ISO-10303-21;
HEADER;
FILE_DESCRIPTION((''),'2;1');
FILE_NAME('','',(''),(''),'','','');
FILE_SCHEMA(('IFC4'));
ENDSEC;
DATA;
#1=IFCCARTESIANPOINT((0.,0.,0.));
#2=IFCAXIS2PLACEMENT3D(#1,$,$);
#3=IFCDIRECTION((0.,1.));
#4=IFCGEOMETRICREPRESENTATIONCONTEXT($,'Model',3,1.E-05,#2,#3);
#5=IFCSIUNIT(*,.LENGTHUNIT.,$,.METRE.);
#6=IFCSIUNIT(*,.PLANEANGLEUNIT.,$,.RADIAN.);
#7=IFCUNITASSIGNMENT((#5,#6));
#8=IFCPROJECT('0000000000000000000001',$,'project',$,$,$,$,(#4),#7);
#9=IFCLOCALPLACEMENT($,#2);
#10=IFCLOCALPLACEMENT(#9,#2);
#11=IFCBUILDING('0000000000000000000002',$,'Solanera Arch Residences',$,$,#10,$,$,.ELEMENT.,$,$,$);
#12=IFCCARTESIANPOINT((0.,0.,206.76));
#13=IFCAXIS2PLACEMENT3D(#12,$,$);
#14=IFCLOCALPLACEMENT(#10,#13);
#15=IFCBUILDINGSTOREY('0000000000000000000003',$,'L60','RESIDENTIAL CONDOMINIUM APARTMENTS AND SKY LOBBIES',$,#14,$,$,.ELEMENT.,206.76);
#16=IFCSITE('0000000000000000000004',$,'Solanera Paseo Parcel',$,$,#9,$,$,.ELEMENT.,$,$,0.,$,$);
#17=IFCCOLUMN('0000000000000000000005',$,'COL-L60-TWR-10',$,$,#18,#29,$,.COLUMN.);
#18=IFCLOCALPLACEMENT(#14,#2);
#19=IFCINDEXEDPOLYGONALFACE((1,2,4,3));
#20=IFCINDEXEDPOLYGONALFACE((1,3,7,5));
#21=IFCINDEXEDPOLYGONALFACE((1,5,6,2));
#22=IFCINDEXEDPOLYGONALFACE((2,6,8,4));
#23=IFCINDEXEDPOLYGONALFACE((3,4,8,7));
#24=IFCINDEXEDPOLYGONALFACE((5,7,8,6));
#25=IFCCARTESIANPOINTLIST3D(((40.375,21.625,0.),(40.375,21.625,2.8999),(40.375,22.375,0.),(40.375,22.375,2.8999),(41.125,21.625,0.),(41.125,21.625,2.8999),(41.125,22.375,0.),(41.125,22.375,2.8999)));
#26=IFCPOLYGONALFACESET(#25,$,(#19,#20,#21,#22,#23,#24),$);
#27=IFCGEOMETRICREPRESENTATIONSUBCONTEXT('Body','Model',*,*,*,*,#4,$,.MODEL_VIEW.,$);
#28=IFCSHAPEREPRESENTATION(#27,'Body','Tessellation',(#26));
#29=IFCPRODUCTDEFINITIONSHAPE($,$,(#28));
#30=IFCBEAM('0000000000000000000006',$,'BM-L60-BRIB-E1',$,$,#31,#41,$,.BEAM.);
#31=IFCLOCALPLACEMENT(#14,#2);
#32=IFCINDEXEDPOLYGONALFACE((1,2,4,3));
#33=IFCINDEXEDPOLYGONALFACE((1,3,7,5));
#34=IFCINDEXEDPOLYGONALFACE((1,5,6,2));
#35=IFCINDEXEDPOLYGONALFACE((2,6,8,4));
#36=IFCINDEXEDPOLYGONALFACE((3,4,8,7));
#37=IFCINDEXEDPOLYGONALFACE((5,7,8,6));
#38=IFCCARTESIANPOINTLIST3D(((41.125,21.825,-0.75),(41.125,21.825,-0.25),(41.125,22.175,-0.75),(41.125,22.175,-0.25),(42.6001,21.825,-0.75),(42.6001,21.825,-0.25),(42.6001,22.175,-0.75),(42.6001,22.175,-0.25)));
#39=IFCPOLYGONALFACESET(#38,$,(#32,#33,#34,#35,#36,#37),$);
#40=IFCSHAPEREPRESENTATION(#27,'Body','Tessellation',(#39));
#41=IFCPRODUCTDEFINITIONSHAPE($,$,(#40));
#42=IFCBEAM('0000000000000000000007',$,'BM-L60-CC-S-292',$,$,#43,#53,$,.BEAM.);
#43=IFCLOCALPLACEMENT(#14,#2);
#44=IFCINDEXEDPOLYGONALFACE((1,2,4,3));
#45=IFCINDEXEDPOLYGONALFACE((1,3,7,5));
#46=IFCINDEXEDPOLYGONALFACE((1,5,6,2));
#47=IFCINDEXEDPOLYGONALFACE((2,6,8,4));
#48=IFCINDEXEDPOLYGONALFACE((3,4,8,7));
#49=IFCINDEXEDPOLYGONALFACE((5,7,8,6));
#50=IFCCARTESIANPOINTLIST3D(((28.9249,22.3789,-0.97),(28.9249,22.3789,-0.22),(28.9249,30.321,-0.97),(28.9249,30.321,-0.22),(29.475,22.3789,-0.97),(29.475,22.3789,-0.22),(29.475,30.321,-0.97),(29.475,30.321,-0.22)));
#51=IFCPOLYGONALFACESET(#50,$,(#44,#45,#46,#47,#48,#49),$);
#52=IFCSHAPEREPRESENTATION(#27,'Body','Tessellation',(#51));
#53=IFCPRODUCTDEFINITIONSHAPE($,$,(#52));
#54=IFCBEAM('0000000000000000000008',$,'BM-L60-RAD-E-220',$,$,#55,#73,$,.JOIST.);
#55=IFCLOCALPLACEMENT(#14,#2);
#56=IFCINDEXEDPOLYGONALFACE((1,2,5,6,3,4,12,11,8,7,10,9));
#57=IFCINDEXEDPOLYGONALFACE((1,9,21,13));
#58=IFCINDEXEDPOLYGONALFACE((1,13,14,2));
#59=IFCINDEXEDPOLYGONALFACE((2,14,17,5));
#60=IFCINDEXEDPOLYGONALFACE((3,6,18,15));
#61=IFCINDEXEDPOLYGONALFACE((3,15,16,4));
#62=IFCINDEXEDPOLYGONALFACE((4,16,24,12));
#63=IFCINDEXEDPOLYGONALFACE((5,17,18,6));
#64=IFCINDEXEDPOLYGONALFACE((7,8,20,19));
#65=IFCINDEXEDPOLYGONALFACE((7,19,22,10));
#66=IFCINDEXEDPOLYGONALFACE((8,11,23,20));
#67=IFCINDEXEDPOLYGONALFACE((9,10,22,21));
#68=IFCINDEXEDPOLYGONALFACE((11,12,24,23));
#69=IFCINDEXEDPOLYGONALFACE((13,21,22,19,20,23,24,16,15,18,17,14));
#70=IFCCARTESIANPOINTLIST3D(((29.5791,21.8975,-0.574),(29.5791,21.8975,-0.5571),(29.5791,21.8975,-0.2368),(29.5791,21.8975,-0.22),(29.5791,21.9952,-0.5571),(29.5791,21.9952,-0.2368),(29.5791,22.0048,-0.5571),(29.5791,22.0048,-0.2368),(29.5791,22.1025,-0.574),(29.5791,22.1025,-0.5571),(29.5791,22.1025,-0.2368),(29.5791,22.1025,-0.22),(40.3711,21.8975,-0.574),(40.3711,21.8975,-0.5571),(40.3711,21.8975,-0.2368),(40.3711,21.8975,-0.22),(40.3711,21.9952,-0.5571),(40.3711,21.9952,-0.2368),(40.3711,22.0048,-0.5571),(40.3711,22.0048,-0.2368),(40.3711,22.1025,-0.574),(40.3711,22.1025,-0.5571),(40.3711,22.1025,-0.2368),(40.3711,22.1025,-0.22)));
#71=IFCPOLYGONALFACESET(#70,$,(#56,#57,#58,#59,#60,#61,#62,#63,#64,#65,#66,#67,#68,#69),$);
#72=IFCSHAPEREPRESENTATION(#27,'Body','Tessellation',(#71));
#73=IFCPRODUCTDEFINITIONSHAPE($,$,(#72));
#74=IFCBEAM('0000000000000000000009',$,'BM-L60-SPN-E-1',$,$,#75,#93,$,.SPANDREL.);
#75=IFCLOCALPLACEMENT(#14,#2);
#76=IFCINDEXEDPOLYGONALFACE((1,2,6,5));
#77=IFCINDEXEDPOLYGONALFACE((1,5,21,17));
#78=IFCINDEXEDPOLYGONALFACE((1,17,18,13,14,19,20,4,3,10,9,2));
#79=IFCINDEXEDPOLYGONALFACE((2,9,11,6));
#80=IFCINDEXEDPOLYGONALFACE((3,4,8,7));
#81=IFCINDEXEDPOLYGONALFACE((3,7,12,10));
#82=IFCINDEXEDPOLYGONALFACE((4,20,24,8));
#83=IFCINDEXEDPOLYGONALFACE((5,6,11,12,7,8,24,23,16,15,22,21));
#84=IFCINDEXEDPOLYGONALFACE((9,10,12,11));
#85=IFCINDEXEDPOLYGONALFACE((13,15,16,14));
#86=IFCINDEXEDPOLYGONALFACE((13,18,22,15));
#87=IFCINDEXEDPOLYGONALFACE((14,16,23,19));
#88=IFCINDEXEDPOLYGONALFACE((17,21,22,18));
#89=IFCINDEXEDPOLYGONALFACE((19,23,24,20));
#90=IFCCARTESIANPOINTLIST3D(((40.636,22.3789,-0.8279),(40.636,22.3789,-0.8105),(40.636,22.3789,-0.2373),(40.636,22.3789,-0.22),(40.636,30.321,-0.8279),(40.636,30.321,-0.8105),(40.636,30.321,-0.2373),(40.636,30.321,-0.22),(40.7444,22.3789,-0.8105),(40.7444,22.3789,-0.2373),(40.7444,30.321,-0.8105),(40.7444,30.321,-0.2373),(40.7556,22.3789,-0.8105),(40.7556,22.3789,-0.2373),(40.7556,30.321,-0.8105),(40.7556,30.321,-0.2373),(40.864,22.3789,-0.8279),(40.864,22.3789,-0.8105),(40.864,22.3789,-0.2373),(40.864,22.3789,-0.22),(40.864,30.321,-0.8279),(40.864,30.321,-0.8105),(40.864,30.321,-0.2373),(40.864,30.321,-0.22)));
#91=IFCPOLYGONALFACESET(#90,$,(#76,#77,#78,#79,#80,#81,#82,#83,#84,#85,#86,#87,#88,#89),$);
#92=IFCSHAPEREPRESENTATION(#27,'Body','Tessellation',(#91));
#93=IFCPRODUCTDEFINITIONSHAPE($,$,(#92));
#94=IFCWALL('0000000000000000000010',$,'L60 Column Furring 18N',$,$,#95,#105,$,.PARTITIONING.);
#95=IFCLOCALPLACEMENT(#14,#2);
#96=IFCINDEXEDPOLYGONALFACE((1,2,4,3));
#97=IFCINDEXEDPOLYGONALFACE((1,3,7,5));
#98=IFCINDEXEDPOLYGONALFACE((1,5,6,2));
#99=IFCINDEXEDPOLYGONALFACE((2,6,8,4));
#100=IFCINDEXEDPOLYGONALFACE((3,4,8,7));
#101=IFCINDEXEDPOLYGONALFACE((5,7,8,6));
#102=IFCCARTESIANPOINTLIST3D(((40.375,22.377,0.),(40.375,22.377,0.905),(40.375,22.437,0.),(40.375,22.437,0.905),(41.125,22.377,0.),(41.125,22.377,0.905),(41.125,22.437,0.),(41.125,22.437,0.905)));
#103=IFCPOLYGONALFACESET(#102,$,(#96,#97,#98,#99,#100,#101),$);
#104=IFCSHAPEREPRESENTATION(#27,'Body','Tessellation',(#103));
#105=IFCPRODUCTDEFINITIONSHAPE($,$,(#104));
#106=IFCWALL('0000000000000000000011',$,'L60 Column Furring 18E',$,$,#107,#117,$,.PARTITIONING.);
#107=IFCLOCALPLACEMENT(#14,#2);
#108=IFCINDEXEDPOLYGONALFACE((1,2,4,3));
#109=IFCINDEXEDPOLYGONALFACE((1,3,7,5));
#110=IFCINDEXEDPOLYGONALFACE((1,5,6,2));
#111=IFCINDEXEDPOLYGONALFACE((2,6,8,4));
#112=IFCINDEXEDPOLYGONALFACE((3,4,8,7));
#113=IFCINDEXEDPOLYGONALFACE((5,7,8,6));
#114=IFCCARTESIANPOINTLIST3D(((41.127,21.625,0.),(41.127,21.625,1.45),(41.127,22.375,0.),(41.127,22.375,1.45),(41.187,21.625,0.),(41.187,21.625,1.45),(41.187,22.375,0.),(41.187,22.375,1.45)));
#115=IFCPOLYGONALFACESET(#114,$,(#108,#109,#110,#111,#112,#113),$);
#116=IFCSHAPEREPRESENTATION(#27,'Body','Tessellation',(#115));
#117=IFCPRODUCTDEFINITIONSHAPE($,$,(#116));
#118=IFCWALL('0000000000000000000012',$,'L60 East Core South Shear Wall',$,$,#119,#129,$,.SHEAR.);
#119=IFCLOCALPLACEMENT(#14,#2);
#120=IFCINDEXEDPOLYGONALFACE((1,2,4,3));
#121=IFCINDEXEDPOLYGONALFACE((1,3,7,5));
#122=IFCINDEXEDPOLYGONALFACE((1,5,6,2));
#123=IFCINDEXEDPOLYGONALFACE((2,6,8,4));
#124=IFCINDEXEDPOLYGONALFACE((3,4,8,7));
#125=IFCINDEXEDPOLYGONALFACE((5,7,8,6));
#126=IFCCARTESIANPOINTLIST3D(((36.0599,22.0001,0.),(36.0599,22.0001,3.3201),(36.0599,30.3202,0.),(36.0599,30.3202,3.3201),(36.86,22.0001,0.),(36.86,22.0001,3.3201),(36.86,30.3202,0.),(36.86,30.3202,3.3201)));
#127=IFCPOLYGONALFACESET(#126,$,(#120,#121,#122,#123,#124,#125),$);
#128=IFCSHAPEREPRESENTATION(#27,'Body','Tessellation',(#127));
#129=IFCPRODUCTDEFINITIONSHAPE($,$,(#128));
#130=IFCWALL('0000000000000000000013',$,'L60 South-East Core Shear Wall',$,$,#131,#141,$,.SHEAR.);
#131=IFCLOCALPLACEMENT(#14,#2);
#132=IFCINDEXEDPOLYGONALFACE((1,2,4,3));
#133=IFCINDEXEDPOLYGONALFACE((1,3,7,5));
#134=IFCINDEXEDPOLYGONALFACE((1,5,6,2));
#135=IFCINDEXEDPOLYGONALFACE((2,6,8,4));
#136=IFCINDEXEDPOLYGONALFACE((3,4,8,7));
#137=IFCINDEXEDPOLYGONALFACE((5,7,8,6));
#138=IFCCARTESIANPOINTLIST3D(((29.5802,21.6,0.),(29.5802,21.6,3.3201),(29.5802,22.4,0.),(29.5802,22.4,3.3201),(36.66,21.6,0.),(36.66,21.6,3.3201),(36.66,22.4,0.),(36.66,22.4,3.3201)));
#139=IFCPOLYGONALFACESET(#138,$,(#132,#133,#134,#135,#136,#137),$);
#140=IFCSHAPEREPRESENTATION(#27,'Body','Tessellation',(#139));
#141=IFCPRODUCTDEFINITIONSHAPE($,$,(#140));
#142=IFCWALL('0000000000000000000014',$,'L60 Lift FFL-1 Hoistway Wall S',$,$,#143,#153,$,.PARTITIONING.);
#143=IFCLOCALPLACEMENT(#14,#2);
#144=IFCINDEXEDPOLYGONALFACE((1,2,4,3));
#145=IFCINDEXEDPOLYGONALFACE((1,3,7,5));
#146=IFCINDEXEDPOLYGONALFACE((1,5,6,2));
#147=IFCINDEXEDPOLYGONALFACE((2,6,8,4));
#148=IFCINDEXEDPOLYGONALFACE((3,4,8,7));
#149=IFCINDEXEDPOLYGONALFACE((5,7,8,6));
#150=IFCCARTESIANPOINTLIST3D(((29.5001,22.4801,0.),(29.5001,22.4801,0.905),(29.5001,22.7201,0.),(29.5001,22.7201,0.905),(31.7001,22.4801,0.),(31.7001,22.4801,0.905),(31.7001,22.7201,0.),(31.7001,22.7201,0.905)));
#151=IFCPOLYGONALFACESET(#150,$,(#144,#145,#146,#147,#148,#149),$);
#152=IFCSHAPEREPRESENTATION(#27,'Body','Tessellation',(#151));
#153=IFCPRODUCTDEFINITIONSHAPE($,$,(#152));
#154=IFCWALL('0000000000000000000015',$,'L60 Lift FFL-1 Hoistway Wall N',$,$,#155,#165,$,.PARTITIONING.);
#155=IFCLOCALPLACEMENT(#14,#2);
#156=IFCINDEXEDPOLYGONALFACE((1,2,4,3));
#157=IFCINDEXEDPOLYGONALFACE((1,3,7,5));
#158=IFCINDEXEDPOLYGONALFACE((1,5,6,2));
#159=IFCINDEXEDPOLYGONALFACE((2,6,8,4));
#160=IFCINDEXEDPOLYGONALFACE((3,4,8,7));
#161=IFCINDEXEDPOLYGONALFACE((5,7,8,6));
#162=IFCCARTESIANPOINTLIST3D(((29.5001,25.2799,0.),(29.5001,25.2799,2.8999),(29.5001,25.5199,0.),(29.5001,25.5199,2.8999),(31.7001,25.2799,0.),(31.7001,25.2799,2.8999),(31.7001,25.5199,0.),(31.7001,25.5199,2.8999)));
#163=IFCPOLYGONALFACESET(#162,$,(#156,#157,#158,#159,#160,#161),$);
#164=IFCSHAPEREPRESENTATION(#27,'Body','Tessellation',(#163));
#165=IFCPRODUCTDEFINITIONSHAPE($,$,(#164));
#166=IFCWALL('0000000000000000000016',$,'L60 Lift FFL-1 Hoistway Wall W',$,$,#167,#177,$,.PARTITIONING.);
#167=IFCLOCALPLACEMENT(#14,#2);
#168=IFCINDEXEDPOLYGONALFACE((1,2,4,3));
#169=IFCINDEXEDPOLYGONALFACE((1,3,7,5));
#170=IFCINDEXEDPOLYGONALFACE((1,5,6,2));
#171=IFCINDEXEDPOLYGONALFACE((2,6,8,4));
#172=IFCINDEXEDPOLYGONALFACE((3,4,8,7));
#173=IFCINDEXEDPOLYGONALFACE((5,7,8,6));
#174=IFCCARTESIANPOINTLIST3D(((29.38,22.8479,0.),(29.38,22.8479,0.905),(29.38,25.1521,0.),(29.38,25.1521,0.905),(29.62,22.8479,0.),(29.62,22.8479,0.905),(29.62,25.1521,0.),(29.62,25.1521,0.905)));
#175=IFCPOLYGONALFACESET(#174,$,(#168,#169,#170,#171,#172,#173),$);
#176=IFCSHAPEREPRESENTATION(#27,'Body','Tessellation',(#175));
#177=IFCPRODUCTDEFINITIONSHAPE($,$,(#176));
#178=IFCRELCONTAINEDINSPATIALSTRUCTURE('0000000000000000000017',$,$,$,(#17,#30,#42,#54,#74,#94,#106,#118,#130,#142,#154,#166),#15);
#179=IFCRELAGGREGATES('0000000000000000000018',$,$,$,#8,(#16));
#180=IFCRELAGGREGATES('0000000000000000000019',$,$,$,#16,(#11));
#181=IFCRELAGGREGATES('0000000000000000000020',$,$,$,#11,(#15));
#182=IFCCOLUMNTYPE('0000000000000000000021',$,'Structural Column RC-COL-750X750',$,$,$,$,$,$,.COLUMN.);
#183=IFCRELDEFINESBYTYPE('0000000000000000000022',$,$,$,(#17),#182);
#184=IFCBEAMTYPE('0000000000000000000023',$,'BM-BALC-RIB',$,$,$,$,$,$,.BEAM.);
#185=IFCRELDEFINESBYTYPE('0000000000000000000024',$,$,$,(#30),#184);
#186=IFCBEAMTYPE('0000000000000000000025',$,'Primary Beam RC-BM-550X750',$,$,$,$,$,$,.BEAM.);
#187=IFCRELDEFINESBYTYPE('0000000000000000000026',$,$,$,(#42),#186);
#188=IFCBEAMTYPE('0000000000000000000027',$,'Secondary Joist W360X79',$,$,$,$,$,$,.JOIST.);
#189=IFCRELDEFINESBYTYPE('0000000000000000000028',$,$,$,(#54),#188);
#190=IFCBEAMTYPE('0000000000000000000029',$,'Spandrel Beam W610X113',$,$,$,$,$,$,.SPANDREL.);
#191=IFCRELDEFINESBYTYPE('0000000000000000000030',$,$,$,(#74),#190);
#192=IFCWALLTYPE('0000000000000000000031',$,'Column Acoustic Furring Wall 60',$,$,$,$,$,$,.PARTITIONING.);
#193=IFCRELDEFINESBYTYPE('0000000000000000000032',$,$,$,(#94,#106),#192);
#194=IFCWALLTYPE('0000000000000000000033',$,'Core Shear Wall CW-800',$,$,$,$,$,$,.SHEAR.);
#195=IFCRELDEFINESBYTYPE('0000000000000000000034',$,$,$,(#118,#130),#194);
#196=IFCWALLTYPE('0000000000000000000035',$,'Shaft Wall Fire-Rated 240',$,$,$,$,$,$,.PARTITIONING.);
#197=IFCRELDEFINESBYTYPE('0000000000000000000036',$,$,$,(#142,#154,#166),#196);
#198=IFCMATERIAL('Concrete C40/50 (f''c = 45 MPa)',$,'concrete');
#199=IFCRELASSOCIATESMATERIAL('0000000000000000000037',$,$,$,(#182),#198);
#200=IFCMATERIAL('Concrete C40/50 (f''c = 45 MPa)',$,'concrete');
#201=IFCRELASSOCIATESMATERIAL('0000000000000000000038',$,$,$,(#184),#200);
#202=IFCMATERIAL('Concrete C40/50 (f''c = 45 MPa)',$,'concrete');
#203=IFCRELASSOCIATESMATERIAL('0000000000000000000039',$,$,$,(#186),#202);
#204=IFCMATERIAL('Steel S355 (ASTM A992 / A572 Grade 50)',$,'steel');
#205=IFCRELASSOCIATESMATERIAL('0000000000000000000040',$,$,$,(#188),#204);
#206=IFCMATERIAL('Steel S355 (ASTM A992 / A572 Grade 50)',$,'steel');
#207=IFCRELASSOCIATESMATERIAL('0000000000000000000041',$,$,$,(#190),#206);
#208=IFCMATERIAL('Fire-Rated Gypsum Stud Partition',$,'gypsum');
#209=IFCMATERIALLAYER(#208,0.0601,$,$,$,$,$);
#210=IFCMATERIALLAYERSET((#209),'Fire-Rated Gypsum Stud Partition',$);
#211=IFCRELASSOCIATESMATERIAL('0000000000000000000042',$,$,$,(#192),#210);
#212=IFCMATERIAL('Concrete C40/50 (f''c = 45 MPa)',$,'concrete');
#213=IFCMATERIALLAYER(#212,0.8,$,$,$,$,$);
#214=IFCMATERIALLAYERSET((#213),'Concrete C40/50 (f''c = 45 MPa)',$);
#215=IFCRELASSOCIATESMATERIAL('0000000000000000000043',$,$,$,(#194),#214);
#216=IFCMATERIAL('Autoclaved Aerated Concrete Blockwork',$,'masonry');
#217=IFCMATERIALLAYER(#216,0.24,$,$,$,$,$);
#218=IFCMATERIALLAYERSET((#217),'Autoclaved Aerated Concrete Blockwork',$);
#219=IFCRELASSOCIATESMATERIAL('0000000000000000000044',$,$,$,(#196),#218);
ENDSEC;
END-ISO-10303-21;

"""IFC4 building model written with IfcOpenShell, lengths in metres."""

from ifc_helpers import new_model, si_unit, direction, frame, frame_2d, origin, origin_2d, place, context, subcontext, project, spatial, rectangle, i_section, extrude, material, layer, layer_set, material_profile, profile_set, type_object, element, save


model = new_model("IFC4")

# Units and contexts
model_context = context("Model", 3, precision=1e-05, world=origin(), true_north=direction((0.0, 1.0)))
body_context = subcontext(model_context, "Body", "Model", "MODEL_VIEW")
ifc_project = project(units=[si_unit("LENGTHUNIT", "METRE"), si_unit("PLANEANGLEUNIT", "RADIAN")], contexts=[model_context])

# Site, building, storey
site_placement = place(None, origin())
site = spatial("IfcSite", under=ifc_project, at=site_placement, Name="Solanera Paseo Parcel", CompositionType="ELEMENT", RefElevation=0.0)
building_placement = place(site_placement, origin())
building = spatial("IfcBuilding", under=site, at=building_placement, Name="Solanera Arch Residences", CompositionType="ELEMENT")
storey_placement = place(building_placement, frame((0.0, 0.0, 206.76)))
storey = spatial("IfcBuildingStorey", under=building, at=storey_placement, Name="L60", Description="RESIDENTIAL CONDOMINIUM APARTMENTS AND SKY LOBBIES", CompositionType="ELEMENT", Elevation=206.76)

# Column
ifc_material_1 = material(Name="Concrete C40/50 (f'c = 45 MPa)", Category="concrete")
ifc_material_profile_1 = material_profile(ifc_material_1, rectangle(XDim=0.75, YDim=0.75, at=origin_2d()))
ifc_profile_set_1 = profile_set([ifc_material_profile_1], Name="Concrete C40/50 (f'c = 45 MPa)")
column_type = type_object("IfcColumnType", Name="Structural Column RC-COL-750X750", PredefinedType="COLUMN", material=ifc_profile_set_1)
column_placement = place(storey_placement, frame((40.75, 22.0, 0.0), z_axis=(0.0, 0.0, 1.0), x_axis=(1.0, 0.0, 0.0)))
element("IfcColumn", 1, at=column_placement, inside=storey, type_object=column_type, Name="COL-L60-TWR-10", PredefinedType="COLUMN", context=body_context, shape_type="SweptSolid", body=[
    extrude(rectangle(XDim=0.75, YDim=0.75, at=origin_2d()), origin(), (0.0, 0.0, 1.0), 2.8999),
])

# Beams
ifc_material_2 = material(Name="Concrete C40/50 (f'c = 45 MPa)", Category="concrete")
ifc_material_profile_2 = material_profile(ifc_material_2, rectangle(XDim=0.3501, YDim=0.5, at=origin_2d()))
ifc_profile_set_2 = profile_set([ifc_material_profile_2], Name="Concrete C40/50 (f'c = 45 MPa)")
beam_type_1 = type_object("IfcBeamType", Name="BM-BALC-RIB", PredefinedType="BEAM", material=ifc_profile_set_2)
beam_1_placement = place(storey_placement, frame((41.125, 22.0, -0.5), z_axis=(1.0, 0.0, 0.0), x_axis=(0.0, 1.0, 0.0)))
element("IfcBeam", 2, at=beam_1_placement, inside=storey, type_object=beam_type_1, Name="BM-L60-BRIB-E1", PredefinedType="BEAM", context=body_context, shape_type="SweptSolid", body=[
    extrude(rectangle(XDim=0.3501, YDim=0.5, at=origin_2d()), origin(), (0.0, 0.0, 1.0), 1.4751),
])
ifc_material_3 = material(Name="Concrete C40/50 (f'c = 45 MPa)", Category="concrete")
ifc_material_profile_3 = material_profile(ifc_material_3, rectangle(XDim=0.55, YDim=0.75, at=origin_2d()))
ifc_profile_set_3 = profile_set([ifc_material_profile_3], Name="Concrete C40/50 (f'c = 45 MPa)")
beam_type_2 = type_object("IfcBeamType", Name="Primary Beam RC-BM-550X750", PredefinedType="BEAM", material=ifc_profile_set_3)
beam_2_placement = place(storey_placement, frame((29.2, 22.3789, -0.595), z_axis=(0.0, 1.0, 0.0), x_axis=(-1.0, 0.0, 0.0)))
element("IfcBeam", 3, at=beam_2_placement, inside=storey, type_object=beam_type_2, Name="BM-L60-CC-S-292", PredefinedType="BEAM", context=body_context, shape_type="SweptSolid", body=[
    extrude(rectangle(XDim=0.55, YDim=0.75, at=origin_2d()), origin(), (0.0, 0.0, 1.0), 7.9421),
])
ifc_material_4 = material(Name="Steel S355 (ASTM A992 / A572 Grade 50)", Category="steel")
ifc_material_profile_4 = material_profile(ifc_material_4, i_section(OverallWidth=0.2051, OverallDepth=0.354, WebThickness=0.0095, FlangeThickness=0.0168, at=origin_2d()))
ifc_profile_set_4 = profile_set([ifc_material_profile_4], Name="Steel S355 (ASTM A992 / A572 Grade 50)")
beam_type_3 = type_object("IfcBeamType", Name="Secondary Joist W360X79", PredefinedType="JOIST", material=ifc_profile_set_4)
beam_3_placement = place(storey_placement, frame((29.5791, 22.0, -0.397), z_axis=(1.0, 0.0, 0.0), x_axis=(0.0, 1.0, 0.0)))
element("IfcBeam", 4, at=beam_3_placement, inside=storey, type_object=beam_type_3, Name="BM-L60-RAD-E-220", PredefinedType="JOIST", context=body_context, shape_type="SweptSolid", body=[
    extrude(i_section(OverallWidth=0.2051, OverallDepth=0.354, WebThickness=0.0095, FlangeThickness=0.0168, at=origin_2d()), origin(), (0.0, 0.0, 1.0), 10.792),
])
ifc_material_5 = material(Name="Steel S355 (ASTM A992 / A572 Grade 50)", Category="steel")
ifc_material_profile_5 = material_profile(ifc_material_5, i_section(OverallWidth=0.228, OverallDepth=0.6079, WebThickness=0.0112, FlangeThickness=0.0173, at=origin_2d()))
ifc_profile_set_5 = profile_set([ifc_material_profile_5], Name="Steel S355 (ASTM A992 / A572 Grade 50)")
beam_type_4 = type_object("IfcBeamType", Name="Spandrel Beam W610X113", PredefinedType="SPANDREL", material=ifc_profile_set_5)
beam_4_placement = place(storey_placement, frame((40.75, 22.3789, -0.5239), z_axis=(0.0, 1.0, 0.0), x_axis=(-1.0, 0.0, 0.0)))
element("IfcBeam", 5, at=beam_4_placement, inside=storey, type_object=beam_type_4, Name="BM-L60-SPN-E-1", PredefinedType="SPANDREL", context=body_context, shape_type="SweptSolid", body=[
    extrude(i_section(OverallWidth=0.228, OverallDepth=0.6079, WebThickness=0.0112, FlangeThickness=0.0173, at=origin_2d()), origin(), (0.0, 0.0, 1.0), 7.9421),
])

# Walls
ifc_material_6 = material(Name="Fire-Rated Gypsum Stud Partition", Category="gypsum")
ifc_layer_1 = layer(ifc_material_6, 0.0601)
ifc_layer_set_1 = layer_set([ifc_layer_1], Name="Fire-Rated Gypsum Stud Partition")
wall_type_1 = type_object("IfcWallType", Name="Column Acoustic Furring Wall 60", PredefinedType="PARTITIONING", material=ifc_layer_set_1)
wall_1_placement = place(storey_placement, frame((40.375, 22.407, 0.0), z_axis=(0.0, 0.0, 1.0), x_axis=(1.0, 0.0, 0.0)))
element("IfcWall", 6, at=wall_1_placement, inside=storey, type_object=wall_type_1, Name="L60 Column Furring 18N", PredefinedType="PARTITIONING", context=body_context, shape_type="SweptSolid", body=[
    extrude(rectangle(XDim=0.75, YDim=0.0601, at=frame_2d((0.375, 0.0))), origin(), (0.0, 0.0, 1.0), 0.905),
])
wall_2_placement = place(storey_placement, frame((41.157, 21.625, 0.0), z_axis=(0.0, 0.0, 1.0), x_axis=(0.0, 1.0, 0.0)))
element("IfcWall", 7, at=wall_2_placement, inside=storey, type_object=wall_type_1, Name="L60 Column Furring 18E", PredefinedType="PARTITIONING", context=body_context, shape_type="SweptSolid", body=[
    extrude(rectangle(XDim=0.75, YDim=0.0601, at=frame_2d((0.375, 0.0))), origin(), (0.0, 0.0, 1.0), 1.45),
])
ifc_material_7 = material(Name="Concrete C40/50 (f'c = 45 MPa)", Category="concrete")
ifc_layer_2 = layer(ifc_material_7, 0.8)
ifc_layer_set_2 = layer_set([ifc_layer_2], Name="Concrete C40/50 (f'c = 45 MPa)")
wall_type_2 = type_object("IfcWallType", Name="Core Shear Wall CW-800", PredefinedType="SHEAR", material=ifc_layer_set_2)
wall_3_placement = place(storey_placement, frame((36.46, 22.0, 0.0), z_axis=(0.0, 0.0, 1.0), x_axis=(0.0, 1.0, 0.0)))
element("IfcWall", 8, at=wall_3_placement, inside=storey, type_object=wall_type_2, Name="L60 East Core South Shear Wall", PredefinedType="SHEAR", context=body_context, shape_type="SweptSolid", body=[
    extrude(rectangle(XDim=8.3201, YDim=0.8, at=frame_2d((4.1602, 0.0))), origin(), (0.0, 0.0, 1.0), 3.3201),
])
wall_4_placement = place(storey_placement, frame((29.5801, 22.0, 0.0), z_axis=(0.0, 0.0, 1.0), x_axis=(1.0, 0.0, 0.0)))
element("IfcWall", 9, at=wall_4_placement, inside=storey, type_object=wall_type_2, Name="L60 South-East Core Shear Wall", PredefinedType="SHEAR", context=body_context, shape_type="SweptSolid", body=[
    extrude(rectangle(XDim=7.0798, YDim=0.8, at=frame_2d((3.54, 0.0))), origin(), (0.0, 0.0, 1.0), 3.3201),
])
ifc_material_8 = material(Name="Autoclaved Aerated Concrete Blockwork", Category="masonry")
ifc_layer_3 = layer(ifc_material_8, 0.24)
ifc_layer_set_3 = layer_set([ifc_layer_3], Name="Autoclaved Aerated Concrete Blockwork")
wall_type_3 = type_object("IfcWallType", Name="Shaft Wall Fire-Rated 240", PredefinedType="PARTITIONING", material=ifc_layer_set_3)
wall_5_placement = place(storey_placement, frame((29.5, 22.6001, 0.0), z_axis=(0.0, 0.0, 1.0), x_axis=(1.0, 0.0, 0.0)))
element("IfcWall", 10, at=wall_5_placement, inside=storey, type_object=wall_type_3, Name="L60 Lift FFL-1 Hoistway Wall S", PredefinedType="PARTITIONING", context=body_context, shape_type="SweptSolid", body=[
    extrude(rectangle(XDim=2.2, YDim=0.24, at=frame_2d((1.1001, 0.0))), origin(), (0.0, 0.0, 1.0), 0.905),
])
wall_6_placement = place(storey_placement, frame((29.5, 25.3999, 0.0), z_axis=(0.0, 0.0, 1.0), x_axis=(1.0, 0.0, 0.0)))
element("IfcWall", 11, at=wall_6_placement, inside=storey, type_object=wall_type_3, Name="L60 Lift FFL-1 Hoistway Wall N", PredefinedType="PARTITIONING", context=body_context, shape_type="SweptSolid", body=[
    extrude(rectangle(XDim=2.2, YDim=0.24, at=frame_2d((1.1001, 0.0))), origin(), (0.0, 0.0, 1.0), 2.8999),
])
wall_7_placement = place(storey_placement, frame((29.5, 22.8479, 0.0), z_axis=(0.0, 0.0, 1.0), x_axis=(0.0, 1.0, 0.0)))
element("IfcWall", 12, at=wall_7_placement, inside=storey, type_object=wall_type_3, Name="L60 Lift FFL-1 Hoistway Wall W", PredefinedType="PARTITIONING", context=body_context, shape_type="SweptSolid", body=[
    extrude(rectangle(XDim=2.3042, YDim=0.24, at=frame_2d((1.1521, 0.0))), origin(), (0.0, 0.0, 1.0), 0.905),
])

save(model, "model.ifc")
